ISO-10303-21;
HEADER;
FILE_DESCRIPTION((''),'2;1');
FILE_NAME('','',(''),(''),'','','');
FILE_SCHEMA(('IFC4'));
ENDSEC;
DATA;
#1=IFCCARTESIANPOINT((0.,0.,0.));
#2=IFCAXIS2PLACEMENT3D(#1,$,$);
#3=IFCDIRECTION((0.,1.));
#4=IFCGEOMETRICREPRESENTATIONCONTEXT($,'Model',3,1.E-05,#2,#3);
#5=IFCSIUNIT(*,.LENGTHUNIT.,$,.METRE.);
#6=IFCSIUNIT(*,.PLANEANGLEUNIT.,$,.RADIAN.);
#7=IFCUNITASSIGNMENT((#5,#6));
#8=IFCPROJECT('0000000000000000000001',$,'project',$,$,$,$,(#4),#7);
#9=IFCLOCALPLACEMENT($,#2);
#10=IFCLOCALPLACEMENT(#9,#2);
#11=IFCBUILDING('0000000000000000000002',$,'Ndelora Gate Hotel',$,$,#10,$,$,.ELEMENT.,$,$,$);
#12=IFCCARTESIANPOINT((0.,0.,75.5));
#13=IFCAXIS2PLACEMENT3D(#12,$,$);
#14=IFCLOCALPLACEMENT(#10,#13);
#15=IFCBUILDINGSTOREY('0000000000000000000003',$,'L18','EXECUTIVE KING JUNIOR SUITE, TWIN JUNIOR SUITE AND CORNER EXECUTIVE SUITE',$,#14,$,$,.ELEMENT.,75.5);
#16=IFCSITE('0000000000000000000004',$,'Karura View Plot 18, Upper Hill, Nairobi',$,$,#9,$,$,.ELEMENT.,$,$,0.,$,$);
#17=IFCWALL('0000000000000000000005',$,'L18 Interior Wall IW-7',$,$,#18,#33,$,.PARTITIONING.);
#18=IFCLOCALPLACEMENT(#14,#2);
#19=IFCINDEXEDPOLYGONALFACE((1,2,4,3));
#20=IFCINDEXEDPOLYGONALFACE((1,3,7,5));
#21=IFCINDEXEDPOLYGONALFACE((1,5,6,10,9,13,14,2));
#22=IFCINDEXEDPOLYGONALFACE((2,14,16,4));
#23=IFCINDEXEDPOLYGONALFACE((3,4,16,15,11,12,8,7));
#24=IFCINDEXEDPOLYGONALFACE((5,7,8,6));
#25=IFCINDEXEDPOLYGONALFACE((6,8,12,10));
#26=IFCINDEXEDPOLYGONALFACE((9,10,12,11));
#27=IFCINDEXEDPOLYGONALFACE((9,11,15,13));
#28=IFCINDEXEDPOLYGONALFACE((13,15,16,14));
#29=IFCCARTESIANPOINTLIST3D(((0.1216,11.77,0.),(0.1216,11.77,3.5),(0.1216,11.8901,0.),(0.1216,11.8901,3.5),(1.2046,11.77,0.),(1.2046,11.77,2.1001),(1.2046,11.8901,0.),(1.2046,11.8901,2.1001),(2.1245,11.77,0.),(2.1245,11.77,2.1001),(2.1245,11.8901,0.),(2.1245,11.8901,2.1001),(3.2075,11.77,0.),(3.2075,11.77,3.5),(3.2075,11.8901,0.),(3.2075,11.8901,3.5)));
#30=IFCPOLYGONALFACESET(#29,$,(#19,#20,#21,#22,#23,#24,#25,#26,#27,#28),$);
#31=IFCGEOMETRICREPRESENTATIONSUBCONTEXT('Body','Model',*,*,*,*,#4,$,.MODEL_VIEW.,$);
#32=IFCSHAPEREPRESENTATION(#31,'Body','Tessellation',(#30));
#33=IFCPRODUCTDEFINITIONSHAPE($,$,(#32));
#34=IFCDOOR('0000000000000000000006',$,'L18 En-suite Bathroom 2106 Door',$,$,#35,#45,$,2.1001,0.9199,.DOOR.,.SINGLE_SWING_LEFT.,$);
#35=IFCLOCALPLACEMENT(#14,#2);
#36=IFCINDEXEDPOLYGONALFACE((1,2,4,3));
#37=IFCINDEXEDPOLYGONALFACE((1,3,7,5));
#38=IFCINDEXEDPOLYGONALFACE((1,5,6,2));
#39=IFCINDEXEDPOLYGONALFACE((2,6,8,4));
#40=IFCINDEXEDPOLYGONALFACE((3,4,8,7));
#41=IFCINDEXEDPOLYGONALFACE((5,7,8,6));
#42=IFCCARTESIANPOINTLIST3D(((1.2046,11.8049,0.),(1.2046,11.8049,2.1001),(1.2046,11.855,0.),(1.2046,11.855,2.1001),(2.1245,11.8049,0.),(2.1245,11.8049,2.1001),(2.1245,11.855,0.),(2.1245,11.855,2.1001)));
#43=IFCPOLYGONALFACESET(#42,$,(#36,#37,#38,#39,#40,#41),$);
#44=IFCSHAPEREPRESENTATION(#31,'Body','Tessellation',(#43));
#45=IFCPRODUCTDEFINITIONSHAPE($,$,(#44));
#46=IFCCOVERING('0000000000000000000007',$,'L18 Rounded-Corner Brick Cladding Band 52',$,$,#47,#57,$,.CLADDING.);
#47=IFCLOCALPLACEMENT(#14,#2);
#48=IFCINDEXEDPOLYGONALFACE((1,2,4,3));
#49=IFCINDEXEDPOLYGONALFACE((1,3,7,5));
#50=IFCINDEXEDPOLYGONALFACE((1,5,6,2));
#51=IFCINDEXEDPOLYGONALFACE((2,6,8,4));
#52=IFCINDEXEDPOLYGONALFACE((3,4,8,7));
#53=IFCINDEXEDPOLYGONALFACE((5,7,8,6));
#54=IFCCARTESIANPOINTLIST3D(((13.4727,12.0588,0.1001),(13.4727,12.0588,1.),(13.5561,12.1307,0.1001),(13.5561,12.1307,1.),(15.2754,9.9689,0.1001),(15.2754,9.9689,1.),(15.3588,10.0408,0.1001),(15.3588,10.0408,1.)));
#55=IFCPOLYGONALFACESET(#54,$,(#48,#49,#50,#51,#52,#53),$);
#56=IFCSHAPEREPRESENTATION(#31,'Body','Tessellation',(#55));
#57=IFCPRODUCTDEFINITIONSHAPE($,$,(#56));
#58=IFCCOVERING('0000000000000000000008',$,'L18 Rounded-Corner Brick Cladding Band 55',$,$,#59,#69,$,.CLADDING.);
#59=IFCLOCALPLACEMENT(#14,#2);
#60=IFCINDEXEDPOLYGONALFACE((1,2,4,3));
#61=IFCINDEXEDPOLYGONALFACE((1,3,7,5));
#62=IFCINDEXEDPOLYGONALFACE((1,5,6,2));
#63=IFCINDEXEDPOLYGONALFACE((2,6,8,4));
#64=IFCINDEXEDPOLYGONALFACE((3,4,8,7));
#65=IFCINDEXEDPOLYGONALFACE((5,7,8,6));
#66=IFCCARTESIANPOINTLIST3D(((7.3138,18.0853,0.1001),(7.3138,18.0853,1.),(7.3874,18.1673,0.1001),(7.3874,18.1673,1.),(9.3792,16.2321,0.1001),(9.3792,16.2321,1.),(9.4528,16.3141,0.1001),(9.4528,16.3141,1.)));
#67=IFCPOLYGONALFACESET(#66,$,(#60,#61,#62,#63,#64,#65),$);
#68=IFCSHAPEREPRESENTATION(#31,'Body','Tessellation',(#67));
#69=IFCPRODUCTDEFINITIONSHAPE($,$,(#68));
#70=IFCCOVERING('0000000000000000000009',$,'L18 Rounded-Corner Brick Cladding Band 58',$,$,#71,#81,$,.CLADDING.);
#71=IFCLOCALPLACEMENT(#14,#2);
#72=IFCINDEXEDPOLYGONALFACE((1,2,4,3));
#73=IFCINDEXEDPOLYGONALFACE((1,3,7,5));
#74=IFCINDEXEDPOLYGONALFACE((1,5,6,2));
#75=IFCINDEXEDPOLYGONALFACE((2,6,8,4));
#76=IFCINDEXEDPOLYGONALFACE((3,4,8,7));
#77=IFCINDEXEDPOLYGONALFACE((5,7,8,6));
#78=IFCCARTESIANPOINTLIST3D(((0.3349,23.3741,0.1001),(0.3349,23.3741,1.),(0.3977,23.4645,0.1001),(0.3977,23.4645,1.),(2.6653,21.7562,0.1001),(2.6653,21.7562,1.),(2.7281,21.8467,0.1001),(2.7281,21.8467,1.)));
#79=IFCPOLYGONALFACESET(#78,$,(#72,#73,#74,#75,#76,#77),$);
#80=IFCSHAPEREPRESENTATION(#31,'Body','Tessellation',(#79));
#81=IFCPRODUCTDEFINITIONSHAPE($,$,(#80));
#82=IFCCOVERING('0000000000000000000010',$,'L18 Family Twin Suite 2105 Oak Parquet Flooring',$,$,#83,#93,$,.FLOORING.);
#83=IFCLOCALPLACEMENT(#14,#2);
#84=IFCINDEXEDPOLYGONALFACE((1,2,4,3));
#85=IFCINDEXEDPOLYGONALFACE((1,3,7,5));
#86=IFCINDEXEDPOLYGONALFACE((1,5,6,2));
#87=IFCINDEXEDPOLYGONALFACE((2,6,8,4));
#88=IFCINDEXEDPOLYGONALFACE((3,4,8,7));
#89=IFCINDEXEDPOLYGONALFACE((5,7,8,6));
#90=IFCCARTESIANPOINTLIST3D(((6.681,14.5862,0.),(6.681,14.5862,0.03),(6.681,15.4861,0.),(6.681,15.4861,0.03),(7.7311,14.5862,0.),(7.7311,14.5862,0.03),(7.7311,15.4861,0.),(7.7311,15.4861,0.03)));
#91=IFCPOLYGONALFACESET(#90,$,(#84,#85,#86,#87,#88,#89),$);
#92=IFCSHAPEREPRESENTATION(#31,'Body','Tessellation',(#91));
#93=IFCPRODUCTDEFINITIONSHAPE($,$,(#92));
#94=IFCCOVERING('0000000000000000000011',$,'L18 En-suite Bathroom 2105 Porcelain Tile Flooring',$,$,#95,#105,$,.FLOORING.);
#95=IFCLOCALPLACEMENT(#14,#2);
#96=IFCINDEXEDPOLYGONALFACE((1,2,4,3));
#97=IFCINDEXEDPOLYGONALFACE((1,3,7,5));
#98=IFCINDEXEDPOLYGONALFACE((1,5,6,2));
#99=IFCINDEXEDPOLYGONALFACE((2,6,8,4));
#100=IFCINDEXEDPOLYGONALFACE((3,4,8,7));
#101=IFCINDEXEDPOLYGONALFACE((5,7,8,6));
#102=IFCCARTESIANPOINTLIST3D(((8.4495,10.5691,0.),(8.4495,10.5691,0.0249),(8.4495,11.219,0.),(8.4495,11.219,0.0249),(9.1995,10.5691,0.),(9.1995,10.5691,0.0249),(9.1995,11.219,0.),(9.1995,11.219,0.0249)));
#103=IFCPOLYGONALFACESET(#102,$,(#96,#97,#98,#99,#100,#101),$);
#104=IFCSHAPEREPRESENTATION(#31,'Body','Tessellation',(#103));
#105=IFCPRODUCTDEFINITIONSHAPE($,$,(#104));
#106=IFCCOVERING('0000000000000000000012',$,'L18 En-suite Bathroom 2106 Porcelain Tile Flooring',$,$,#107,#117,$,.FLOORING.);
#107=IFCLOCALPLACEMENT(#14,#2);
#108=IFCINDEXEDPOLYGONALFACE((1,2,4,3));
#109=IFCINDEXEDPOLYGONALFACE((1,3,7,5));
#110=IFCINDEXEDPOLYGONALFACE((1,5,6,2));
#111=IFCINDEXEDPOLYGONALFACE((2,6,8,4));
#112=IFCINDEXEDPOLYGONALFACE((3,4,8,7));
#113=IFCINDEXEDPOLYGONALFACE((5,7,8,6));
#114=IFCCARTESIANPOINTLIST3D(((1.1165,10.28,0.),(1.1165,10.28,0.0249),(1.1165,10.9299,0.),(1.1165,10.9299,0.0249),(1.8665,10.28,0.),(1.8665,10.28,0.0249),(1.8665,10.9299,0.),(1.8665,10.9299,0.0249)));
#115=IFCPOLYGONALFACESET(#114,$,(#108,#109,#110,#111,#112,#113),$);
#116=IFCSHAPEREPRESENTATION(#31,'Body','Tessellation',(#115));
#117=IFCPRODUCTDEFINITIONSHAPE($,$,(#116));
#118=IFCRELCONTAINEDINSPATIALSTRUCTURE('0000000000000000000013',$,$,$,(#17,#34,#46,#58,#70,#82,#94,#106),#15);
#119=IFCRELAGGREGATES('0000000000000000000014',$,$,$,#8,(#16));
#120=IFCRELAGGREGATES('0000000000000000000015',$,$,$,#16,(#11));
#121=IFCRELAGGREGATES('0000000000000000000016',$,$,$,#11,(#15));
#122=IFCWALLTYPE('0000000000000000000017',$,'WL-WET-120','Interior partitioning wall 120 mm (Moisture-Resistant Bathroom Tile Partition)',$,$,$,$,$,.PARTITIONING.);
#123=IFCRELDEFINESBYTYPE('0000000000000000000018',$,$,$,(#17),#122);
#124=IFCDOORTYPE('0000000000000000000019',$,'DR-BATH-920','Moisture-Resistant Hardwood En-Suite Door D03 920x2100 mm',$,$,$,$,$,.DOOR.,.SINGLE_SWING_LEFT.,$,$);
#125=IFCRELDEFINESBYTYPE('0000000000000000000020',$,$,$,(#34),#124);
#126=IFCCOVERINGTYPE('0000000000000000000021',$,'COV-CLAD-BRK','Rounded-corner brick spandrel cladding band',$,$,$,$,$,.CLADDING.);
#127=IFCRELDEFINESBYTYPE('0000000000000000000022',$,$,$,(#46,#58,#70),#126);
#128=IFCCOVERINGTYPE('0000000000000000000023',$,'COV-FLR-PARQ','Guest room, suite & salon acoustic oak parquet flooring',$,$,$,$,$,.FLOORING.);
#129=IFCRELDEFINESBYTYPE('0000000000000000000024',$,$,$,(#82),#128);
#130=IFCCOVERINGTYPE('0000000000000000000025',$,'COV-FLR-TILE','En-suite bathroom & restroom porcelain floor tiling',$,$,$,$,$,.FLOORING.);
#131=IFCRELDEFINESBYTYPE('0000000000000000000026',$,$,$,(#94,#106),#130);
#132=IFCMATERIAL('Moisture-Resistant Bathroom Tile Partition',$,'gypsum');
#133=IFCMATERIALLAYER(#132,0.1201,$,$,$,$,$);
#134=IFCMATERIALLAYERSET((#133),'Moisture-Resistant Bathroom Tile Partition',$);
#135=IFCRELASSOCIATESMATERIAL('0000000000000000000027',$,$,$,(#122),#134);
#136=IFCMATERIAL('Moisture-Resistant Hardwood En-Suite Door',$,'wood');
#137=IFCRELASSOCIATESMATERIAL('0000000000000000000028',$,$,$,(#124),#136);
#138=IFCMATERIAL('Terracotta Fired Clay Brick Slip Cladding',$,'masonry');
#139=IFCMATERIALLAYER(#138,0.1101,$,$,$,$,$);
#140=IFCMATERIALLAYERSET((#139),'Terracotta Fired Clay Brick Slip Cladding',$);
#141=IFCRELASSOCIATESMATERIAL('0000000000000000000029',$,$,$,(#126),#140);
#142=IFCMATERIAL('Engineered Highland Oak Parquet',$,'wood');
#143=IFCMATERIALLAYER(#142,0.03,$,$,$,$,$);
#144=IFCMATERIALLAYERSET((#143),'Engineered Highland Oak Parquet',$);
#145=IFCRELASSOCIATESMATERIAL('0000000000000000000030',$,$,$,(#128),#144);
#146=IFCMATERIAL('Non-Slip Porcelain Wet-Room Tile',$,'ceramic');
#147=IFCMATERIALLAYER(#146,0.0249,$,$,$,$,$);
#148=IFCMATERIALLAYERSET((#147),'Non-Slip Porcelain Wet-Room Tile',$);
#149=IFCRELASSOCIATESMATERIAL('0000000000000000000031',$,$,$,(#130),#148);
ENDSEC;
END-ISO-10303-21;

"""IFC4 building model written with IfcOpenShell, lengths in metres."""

from ifc_helpers import new_model, si_unit, direction, frame, frame_2d, origin, origin_2d, place, context, subcontext, project, spatial, rectangle, extrude, material, layer, layer_set, type_object, element, fill, save


model = new_model("IFC4")

# Units and contexts
model_context = context("Model", 3, precision=1e-05, world=origin(), true_north=direction((0.0, 1.0)))
body_context = subcontext(model_context, "Body", "Model", "MODEL_VIEW")
ifc_project = project(units=[si_unit("LENGTHUNIT", "METRE"), si_unit("PLANEANGLEUNIT", "RADIAN")], contexts=[model_context])

# Site, building, storey
site_placement = place(None, origin())
site = spatial("IfcSite", under=ifc_project, at=site_placement, Name="Karura View Plot 18, Upper Hill, Nairobi", CompositionType="ELEMENT", RefElevation=0.0)
building_placement = place(site_placement, origin())
building = spatial("IfcBuilding", under=site, at=building_placement, Name="Ndelora Gate Hotel", CompositionType="ELEMENT")
storey_placement = place(building_placement, frame((0.0, 0.0, 75.5)))
storey = spatial("IfcBuildingStorey", under=building, at=storey_placement, Name="L18", Description="EXECUTIVE KING JUNIOR SUITE, TWIN JUNIOR SUITE AND CORNER EXECUTIVE SUITE", CompositionType="ELEMENT", Elevation=75.5)

# Shared definitions
ifc_material_1 = material(Name="Moisture-Resistant Bathroom Tile Partition", Category="gypsum")
ifc_layer_1 = layer(ifc_material_1, 0.1201)
ifc_layer_set_1 = layer_set([ifc_layer_1], Name="Moisture-Resistant Bathroom Tile Partition")
wall_type_1 = type_object("IfcWallType", Name="WL-WET-120", Description="Interior partitioning wall 120 mm (Moisture-Resistant Bathroom Tile Partition)", PredefinedType="PARTITIONING", material=ifc_layer_set_1)

# Wall, opening, door
wall_1_placement = place(storey_placement, frame((0.1216, 11.8301, 0.0), z_axis=(0.0, 0.0, 1.0), x_axis=(1.0, 0.0, 0.0)))
wall_1 = element("IfcWall", 1, at=wall_1_placement, inside=storey, type_object=wall_type_1, Name="L18 Interior Wall IW-7", PredefinedType="PARTITIONING", context=body_context, shape_type="SweptSolid", body=[
    extrude(rectangle(XDim=3.0859, YDim=0.1201, at=frame_2d((1.543, 0.0))), origin(), (0.0, 0.0, 1.0), 3.5),
])
opening_1_placement = place(wall_1_placement, frame((1.083, 0.0, 0.0)))
opening_1 = element("IfcOpeningElement", 2, at=opening_1_placement, cuts=wall_1, PredefinedType="OPENING", context=body_context, shape_type="SweptSolid", body=[
    extrude(rectangle(XDim=0.9199, YDim=2.1001, at=frame_2d((0.46, 1.05))), frame((0.0, 0.0701, 0.0), z_axis=(0.0, -1.0, 0.0), x_axis=(1.0, 0.0, 0.0)), (0.0, 0.0, 1.0), 0.1401),
])
ifc_material_2 = material(Name="Moisture-Resistant Hardwood En-Suite Door", Category="wood")
door_type = type_object("IfcDoorType", Name="DR-BATH-920", Description="Moisture-Resistant Hardwood En-Suite Door D03 920x2100 mm", OperationType="SINGLE_SWING_LEFT", PredefinedType="DOOR", material=ifc_material_2)
door_placement = place(opening_1_placement, origin())
door = element("IfcDoor", 3, at=door_placement, inside=storey, type_object=door_type, Name="L18 En-suite Bathroom 2106 Door", OperationType="SINGLE_SWING_LEFT", OverallHeight=2.1001, OverallWidth=0.9199, PredefinedType="DOOR", context=body_context, shape_type="SweptSolid", body=[
    extrude(rectangle(XDim=0.9199, YDim=2.1001, at=frame_2d((0.46, 1.05))), frame((0.0, 0.0249, 0.0), z_axis=(0.0, -1.0, 0.0), x_axis=(1.0, 0.0, 0.0)), (0.0, 0.0, 1.0), 0.05),
])
fill(opening_1, door)

# Coverings
ifc_material_3 = material(Name="Terracotta Fired Clay Brick Slip Cladding", Category="masonry")
ifc_layer_2 = layer(ifc_material_3, 0.1101)
ifc_layer_set_2 = layer_set([ifc_layer_2], Name="Terracotta Fired Clay Brick Slip Cladding")
covering_type_1 = type_object("IfcCoveringType", Name="COV-CLAD-BRK", Description="Rounded-corner brick spandrel cladding band", PredefinedType="CLADDING", material=ifc_layer_set_2)
covering_1_placement = place(storey_placement, frame((14.4158, 11.0498, 0.1001), z_axis=(0.0, 0.0, 1.0), x_axis=(-0.653156, 0.757223, 0.0)))
element("IfcCovering", 4, at=covering_1_placement, inside=storey, type_object=covering_type_1, Name="L18 Rounded-Corner Brick Cladding Band 52", PredefinedType="CLADDING", context=body_context, shape_type="SweptSolid", body=[
    extrude(rectangle(XDim=2.76, YDim=0.1101, at=origin_2d()), origin(), (0.0, 0.0, 1.0), 0.8999),
])
covering_2_placement = place(storey_placement, frame((8.3833, 17.1997, 0.1001), z_axis=(0.0, 0.0, 1.0), x_axis=(-0.744312, 0.667833, 0.0)))
element("IfcCovering", 5, at=covering_2_placement, inside=storey, type_object=covering_type_1, Name="L18 Rounded-Corner Brick Cladding Band 55", PredefinedType="CLADDING", context=body_context, shape_type="SweptSolid", body=[
    extrude(rectangle(XDim=2.7749, YDim=0.1101, at=origin_2d()), origin(), (0.0, 0.0, 1.0), 0.8999),
])
covering_3_placement = place(storey_placement, frame((1.5315, 22.6104, 0.1001), z_axis=(0.0, 0.0, 1.0), x_axis=(-0.821448, 0.570284, 0.0)))
element("IfcCovering", 6, at=covering_3_placement, inside=storey, type_object=covering_type_1, Name="L18 Rounded-Corner Brick Cladding Band 58", PredefinedType="CLADDING", context=body_context, shape_type="SweptSolid", body=[
    extrude(rectangle(XDim=2.8369, YDim=0.1101, at=origin_2d()), origin(), (0.0, 0.0, 1.0), 0.8999),
])
ifc_material_4 = material(Name="Engineered Highland Oak Parquet", Category="wood")
ifc_layer_3 = layer(ifc_material_4, 0.03)
ifc_layer_set_3 = layer_set([ifc_layer_3], Name="Engineered Highland Oak Parquet")
covering_type_2 = type_object("IfcCoveringType", Name="COV-FLR-PARQ", Description="Guest room, suite & salon acoustic oak parquet flooring", PredefinedType="FLOORING", material=ifc_layer_set_3)
covering_4_placement = place(storey_placement, frame((7.2061, 15.0361, 0.0), z_axis=(0.0, 0.0, 1.0), x_axis=(1.0, 0.0, 0.0)))
element("IfcCovering", 7, at=covering_4_placement, inside=storey, type_object=covering_type_2, Name="L18 Family Twin Suite 2105 Oak Parquet Flooring", PredefinedType="FLOORING", context=body_context, shape_type="SweptSolid", body=[
    extrude(rectangle(XDim=1.05, YDim=0.8999, at=origin_2d()), origin(), (0.0, 0.0, 1.0), 0.03),
])
ifc_material_5 = material(Name="Non-Slip Porcelain Wet-Room Tile", Category="ceramic")
ifc_layer_4 = layer(ifc_material_5, 0.0249)
ifc_layer_set_4 = layer_set([ifc_layer_4], Name="Non-Slip Porcelain Wet-Room Tile")
covering_type_3 = type_object("IfcCoveringType", Name="COV-FLR-TILE", Description="En-suite bathroom & restroom porcelain floor tiling", PredefinedType="FLOORING", material=ifc_layer_set_4)
for number, where, z_axis, x_axis, name in (
    (8, (8.8245, 10.894, 0.0), (0.0, 0.0, 1.0), (1.0, 0.0, 0.0), "L18 En-suite Bathroom 2105 Porcelain Tile Flooring"),
    (9, (1.4915, 10.605, 0.0), (0.0, 0.0, 1.0), (1.0, 0.0, 0.0), "L18 En-suite Bathroom 2106 Porcelain Tile Flooring"),
):
    element("IfcCovering", number, at=place(storey_placement, frame(where, z_axis=z_axis, x_axis=x_axis)), inside=storey, type_object=covering_type_3, Name=name, PredefinedType="FLOORING", context=body_context, shape_type="SweptSolid", body=[
        extrude(rectangle(XDim=0.75, YDim=0.6499, at=origin_2d()), origin(), (0.0, 0.0, 1.0), 0.0249),
    ])

save(model, "model.ifc")
